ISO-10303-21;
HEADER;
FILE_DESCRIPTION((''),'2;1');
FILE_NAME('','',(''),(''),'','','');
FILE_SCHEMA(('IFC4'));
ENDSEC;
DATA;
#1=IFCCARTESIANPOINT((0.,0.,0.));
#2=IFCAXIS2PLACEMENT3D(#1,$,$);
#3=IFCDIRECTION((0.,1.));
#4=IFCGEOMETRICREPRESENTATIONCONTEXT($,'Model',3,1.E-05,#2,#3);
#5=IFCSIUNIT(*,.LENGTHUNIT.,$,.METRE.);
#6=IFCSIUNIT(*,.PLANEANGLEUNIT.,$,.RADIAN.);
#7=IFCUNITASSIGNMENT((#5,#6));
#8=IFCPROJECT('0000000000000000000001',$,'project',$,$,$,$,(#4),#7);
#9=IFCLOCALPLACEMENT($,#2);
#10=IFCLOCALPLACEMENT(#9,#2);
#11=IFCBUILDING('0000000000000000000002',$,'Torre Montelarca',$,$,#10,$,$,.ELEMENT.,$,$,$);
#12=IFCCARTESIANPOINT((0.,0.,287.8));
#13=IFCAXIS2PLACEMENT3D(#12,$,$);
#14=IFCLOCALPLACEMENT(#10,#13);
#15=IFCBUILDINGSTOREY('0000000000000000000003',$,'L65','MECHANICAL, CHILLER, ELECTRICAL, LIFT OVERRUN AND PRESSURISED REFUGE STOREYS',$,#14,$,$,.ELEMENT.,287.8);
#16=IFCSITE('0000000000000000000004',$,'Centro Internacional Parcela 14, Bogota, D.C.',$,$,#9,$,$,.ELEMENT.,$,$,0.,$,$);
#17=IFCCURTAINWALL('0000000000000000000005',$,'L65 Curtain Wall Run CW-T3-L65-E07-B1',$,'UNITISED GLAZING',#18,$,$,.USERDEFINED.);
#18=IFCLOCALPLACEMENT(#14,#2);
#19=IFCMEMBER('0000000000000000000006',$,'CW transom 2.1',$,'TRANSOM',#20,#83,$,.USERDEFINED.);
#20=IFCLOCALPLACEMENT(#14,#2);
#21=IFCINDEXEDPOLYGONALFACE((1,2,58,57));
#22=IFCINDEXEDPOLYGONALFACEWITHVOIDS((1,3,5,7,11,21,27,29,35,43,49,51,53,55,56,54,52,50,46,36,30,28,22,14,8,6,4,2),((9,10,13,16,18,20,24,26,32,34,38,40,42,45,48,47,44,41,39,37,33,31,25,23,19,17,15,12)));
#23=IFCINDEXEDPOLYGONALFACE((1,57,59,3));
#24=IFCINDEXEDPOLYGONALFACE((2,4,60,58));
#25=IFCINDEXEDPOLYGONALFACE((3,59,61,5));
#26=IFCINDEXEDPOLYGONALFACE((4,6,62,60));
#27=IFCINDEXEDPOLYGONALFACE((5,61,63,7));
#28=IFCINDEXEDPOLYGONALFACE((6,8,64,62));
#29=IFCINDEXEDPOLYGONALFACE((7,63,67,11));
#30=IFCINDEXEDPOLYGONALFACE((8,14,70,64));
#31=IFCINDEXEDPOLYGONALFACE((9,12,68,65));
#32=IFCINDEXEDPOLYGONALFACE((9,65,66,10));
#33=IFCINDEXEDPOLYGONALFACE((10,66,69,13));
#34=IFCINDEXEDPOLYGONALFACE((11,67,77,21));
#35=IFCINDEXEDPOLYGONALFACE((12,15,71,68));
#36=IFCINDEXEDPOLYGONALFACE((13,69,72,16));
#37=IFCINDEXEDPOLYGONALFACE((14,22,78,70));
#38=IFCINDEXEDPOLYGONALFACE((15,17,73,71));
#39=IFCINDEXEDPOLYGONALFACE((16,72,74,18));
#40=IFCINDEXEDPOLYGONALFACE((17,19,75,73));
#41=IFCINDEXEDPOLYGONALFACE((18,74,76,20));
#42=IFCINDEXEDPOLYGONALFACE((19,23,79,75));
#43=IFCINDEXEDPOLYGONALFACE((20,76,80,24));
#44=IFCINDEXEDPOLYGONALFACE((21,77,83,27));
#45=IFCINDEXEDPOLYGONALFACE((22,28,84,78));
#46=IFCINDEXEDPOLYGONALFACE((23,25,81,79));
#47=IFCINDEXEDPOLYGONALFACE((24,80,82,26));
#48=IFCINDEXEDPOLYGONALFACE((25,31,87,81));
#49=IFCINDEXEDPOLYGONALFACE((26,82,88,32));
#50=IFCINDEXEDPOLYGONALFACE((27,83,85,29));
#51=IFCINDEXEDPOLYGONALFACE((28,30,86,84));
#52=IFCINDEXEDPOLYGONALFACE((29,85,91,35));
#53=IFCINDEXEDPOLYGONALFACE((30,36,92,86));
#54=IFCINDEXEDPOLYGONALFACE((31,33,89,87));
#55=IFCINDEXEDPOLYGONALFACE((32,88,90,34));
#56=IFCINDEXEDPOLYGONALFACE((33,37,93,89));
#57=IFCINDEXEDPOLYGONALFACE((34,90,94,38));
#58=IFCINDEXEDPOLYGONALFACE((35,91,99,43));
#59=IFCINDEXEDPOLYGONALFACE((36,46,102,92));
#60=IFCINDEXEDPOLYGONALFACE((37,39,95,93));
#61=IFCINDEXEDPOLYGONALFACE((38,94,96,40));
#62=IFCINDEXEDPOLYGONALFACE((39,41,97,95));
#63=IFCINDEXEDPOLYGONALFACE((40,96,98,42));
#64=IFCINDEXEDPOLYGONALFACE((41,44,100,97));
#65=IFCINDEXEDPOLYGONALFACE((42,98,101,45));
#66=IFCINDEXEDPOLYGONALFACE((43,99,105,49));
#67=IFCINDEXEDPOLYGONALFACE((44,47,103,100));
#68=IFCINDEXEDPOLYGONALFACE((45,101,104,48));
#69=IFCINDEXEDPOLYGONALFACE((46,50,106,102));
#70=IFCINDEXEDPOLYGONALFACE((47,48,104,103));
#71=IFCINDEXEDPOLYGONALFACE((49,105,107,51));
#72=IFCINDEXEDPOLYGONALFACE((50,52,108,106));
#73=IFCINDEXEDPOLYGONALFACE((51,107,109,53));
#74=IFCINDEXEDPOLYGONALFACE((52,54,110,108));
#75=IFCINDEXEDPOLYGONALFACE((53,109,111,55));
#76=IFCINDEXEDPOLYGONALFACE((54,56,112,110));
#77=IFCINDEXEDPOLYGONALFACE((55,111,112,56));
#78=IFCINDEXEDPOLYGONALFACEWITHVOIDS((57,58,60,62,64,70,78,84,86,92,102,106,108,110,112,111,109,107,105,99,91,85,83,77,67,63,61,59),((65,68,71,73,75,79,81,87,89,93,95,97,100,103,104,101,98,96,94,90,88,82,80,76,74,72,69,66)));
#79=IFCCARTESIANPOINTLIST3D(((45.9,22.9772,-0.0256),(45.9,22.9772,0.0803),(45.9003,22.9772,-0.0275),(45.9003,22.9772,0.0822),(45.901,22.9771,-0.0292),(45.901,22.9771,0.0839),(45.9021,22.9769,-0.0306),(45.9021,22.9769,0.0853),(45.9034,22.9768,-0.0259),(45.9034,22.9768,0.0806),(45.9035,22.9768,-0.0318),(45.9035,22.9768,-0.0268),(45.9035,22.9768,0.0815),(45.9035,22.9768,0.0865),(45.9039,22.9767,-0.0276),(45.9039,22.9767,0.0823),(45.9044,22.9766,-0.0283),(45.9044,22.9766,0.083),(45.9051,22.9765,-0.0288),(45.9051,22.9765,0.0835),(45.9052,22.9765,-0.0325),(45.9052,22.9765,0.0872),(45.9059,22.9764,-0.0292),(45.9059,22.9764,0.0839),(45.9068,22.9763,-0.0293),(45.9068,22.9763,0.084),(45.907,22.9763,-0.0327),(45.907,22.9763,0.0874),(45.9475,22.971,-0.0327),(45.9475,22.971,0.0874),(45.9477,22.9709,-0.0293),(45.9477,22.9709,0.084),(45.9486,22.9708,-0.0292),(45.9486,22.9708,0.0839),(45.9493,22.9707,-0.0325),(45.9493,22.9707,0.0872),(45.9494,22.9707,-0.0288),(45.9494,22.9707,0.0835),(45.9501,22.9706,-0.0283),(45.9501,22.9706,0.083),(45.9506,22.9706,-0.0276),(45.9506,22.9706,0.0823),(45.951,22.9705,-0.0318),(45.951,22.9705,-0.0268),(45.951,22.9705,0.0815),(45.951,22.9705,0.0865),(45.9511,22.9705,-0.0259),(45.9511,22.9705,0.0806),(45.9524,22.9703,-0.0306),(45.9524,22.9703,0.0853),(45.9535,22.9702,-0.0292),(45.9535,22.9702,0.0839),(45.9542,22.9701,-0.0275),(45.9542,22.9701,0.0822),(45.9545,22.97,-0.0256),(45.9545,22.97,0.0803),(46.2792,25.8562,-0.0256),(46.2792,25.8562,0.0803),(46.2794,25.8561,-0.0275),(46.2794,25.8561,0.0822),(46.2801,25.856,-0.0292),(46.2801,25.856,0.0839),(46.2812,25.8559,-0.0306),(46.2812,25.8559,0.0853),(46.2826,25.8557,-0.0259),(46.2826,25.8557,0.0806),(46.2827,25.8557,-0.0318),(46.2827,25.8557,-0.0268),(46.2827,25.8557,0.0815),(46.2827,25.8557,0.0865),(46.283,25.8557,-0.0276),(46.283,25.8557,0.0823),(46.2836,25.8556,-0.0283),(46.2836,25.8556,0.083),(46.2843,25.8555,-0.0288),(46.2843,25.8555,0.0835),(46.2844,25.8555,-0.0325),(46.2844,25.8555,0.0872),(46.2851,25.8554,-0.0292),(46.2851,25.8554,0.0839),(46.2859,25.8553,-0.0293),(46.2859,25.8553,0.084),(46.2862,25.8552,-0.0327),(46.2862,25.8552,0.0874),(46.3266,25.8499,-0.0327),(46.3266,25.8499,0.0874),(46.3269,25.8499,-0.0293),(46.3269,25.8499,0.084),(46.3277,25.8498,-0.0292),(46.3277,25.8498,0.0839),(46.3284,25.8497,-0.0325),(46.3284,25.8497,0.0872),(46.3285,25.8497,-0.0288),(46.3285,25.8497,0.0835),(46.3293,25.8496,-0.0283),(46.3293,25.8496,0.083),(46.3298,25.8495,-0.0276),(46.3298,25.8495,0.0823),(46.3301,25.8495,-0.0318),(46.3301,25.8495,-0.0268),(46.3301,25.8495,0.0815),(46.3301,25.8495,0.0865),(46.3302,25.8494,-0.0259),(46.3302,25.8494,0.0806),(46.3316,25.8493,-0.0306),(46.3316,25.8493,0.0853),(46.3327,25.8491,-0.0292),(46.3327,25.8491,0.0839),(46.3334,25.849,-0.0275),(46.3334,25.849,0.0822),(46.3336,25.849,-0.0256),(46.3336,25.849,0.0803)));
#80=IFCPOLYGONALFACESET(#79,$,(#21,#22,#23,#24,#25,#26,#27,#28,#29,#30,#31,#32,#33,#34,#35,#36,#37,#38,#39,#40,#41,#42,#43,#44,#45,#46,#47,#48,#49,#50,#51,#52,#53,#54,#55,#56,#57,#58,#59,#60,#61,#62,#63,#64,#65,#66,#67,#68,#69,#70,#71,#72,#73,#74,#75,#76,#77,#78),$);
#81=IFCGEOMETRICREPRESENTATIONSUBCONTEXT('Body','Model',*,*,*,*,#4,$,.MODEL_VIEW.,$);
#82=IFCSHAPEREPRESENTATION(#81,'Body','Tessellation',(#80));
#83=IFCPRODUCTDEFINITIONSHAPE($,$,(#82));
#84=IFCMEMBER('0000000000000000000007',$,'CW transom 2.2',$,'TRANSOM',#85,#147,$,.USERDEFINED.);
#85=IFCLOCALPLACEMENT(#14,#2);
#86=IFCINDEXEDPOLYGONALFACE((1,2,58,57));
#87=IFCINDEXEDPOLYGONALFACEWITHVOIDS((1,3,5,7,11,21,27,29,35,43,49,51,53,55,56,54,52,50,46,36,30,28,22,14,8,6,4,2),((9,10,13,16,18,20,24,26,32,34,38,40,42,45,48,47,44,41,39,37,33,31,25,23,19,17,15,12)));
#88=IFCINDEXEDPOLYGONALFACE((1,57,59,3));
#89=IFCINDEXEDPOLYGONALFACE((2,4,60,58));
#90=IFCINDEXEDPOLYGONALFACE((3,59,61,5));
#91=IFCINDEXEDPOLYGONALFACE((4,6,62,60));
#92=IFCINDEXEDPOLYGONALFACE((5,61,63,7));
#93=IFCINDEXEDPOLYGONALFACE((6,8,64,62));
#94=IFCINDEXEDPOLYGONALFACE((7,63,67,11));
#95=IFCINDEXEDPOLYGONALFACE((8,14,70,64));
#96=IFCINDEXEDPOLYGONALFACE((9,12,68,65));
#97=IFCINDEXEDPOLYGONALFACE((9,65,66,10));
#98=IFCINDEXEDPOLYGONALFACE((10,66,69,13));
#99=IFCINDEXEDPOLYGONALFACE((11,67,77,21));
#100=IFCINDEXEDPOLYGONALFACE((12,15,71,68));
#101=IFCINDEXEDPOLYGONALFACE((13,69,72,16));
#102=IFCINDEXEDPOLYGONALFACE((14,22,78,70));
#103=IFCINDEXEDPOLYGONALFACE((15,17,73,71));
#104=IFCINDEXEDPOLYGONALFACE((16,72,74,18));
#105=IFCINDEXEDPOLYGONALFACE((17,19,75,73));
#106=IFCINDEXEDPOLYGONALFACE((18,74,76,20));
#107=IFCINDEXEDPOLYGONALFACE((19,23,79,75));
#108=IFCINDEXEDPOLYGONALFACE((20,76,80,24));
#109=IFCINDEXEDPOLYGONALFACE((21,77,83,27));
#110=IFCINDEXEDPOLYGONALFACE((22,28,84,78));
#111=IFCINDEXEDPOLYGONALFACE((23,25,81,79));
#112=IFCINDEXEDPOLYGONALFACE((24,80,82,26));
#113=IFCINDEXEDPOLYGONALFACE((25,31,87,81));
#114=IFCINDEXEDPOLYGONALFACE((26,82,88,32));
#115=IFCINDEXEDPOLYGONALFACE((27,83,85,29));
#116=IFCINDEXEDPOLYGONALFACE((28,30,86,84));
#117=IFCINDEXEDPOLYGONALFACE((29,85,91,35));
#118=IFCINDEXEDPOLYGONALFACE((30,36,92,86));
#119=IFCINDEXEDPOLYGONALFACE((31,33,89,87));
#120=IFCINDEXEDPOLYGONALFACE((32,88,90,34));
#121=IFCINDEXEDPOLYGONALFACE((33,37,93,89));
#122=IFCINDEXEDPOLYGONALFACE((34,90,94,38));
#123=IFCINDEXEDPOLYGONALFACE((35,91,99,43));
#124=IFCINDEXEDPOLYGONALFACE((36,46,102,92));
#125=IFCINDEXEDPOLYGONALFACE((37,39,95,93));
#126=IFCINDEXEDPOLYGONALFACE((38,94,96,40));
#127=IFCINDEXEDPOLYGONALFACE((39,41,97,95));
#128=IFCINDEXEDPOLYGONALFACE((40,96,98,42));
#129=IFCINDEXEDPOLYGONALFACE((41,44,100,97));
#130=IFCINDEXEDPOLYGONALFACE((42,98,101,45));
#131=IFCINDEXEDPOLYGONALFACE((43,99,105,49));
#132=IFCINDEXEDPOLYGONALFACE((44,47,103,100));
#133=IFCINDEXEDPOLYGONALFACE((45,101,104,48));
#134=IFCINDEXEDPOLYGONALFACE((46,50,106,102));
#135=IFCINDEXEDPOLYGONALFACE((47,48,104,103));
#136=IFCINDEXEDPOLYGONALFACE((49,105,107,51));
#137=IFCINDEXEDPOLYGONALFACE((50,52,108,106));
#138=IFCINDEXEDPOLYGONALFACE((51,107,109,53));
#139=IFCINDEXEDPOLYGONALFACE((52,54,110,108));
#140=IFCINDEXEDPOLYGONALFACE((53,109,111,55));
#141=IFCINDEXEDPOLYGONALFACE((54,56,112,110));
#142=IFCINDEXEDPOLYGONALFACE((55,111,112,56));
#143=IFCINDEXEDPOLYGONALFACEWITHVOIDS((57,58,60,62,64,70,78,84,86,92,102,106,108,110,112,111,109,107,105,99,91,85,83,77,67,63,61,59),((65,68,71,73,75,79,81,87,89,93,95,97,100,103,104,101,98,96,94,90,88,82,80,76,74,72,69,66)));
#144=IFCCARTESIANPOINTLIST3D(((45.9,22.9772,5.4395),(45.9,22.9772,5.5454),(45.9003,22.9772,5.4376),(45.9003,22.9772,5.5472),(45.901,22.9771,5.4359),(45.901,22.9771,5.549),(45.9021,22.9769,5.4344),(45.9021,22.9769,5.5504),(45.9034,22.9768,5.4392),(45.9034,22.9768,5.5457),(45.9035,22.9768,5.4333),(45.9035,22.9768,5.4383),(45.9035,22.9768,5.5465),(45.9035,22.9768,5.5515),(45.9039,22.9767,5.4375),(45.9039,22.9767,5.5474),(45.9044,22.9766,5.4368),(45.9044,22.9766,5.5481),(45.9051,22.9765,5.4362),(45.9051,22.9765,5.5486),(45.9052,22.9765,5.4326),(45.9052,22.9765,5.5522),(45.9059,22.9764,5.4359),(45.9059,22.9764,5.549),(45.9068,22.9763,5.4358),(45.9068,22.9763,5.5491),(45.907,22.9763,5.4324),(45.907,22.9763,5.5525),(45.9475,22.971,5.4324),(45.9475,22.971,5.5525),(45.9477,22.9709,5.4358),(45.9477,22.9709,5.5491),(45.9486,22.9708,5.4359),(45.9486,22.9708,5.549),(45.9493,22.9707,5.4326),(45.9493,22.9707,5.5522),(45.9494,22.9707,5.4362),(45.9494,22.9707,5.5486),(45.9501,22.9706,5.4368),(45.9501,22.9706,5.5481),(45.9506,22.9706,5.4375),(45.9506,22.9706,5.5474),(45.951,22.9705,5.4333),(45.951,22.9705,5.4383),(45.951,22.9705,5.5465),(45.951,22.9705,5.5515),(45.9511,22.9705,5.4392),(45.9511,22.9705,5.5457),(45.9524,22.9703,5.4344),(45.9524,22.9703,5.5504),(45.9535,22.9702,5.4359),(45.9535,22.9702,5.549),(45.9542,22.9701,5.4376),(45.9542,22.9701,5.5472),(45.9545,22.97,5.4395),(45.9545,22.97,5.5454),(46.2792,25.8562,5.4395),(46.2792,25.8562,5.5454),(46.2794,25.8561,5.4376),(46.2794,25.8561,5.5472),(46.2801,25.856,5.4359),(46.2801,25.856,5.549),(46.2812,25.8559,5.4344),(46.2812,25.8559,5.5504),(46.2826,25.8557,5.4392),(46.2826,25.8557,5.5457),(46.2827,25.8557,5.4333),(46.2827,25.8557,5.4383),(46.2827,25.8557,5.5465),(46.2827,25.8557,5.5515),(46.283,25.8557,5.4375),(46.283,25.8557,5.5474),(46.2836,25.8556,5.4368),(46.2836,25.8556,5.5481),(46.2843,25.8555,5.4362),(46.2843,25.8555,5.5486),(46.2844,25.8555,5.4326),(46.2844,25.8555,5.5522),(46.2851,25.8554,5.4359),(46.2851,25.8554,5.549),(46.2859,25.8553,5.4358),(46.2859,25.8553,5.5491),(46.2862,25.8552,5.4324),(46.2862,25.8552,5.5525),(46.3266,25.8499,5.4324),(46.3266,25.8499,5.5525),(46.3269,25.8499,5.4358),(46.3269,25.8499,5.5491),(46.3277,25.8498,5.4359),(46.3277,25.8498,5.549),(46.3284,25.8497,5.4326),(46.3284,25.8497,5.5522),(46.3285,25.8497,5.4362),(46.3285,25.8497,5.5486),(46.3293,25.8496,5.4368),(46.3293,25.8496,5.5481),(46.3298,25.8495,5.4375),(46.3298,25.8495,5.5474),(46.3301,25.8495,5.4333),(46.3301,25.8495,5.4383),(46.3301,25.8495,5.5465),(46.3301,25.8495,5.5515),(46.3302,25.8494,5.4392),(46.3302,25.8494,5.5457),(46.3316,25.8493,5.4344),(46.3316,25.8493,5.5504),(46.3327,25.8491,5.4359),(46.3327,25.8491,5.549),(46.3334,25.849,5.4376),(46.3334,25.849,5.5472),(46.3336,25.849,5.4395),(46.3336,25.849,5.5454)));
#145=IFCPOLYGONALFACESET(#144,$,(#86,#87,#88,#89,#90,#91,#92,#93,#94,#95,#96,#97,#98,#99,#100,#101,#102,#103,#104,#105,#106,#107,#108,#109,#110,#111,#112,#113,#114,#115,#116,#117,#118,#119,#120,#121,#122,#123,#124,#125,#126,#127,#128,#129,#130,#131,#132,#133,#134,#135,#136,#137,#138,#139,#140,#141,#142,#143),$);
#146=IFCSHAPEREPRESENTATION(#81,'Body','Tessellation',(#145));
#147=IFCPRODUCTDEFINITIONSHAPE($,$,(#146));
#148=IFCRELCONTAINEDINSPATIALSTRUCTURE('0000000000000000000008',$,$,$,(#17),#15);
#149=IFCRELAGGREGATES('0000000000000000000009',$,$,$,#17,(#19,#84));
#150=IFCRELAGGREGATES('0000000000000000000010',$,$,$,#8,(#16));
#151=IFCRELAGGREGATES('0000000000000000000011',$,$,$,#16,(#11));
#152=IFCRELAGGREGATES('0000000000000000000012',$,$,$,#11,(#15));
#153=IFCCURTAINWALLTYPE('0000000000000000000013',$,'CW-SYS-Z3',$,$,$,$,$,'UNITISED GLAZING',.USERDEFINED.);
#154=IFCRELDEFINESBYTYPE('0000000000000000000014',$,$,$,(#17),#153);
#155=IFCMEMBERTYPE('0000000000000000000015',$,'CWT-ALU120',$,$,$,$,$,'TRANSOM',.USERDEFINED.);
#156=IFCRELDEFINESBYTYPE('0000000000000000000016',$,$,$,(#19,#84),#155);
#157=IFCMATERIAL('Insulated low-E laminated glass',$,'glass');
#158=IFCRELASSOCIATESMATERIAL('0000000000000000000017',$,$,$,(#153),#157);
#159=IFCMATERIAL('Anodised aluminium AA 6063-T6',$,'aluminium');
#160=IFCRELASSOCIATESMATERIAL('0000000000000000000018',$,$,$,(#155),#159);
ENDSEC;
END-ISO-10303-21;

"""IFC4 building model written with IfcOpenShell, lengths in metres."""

from ifc_helpers import new_model, si_unit, direction, frame, origin, origin_2d, place, context, subcontext, project, spatial, hollow_rectangle, extrude, source, transform, mapped, material, material_profile, profile_set, type_object, element, aggregate, save


model = new_model("IFC4")

# Units and contexts
model_context = context("Model", 3, precision=1e-05, world=origin(), true_north=direction((0.0, 1.0)))
body_context = subcontext(model_context, "Body", "Model", "MODEL_VIEW")
ifc_project = project(units=[si_unit("LENGTHUNIT", "METRE"), si_unit("PLANEANGLEUNIT", "RADIAN")], contexts=[model_context])

# Site, building, storey
site_placement = place(None, origin())
site = spatial("IfcSite", under=ifc_project, at=site_placement, Name="Centro Internacional Parcela 14, Bogota, D.C.", CompositionType="ELEMENT", RefElevation=0.0)
building_placement = place(site_placement, origin())
building = spatial("IfcBuilding", under=site, at=building_placement, Name="Torre Montelarca", CompositionType="ELEMENT")
storey_placement = place(building_placement, frame((0.0, 0.0, 287.8)))
storey = spatial("IfcBuildingStorey", under=building, at=storey_placement, Name="L65", Description="MECHANICAL, CHILLER, ELECTRICAL, LIFT OVERRUN AND PRESSURISED REFUGE STOREYS", CompositionType="ELEMENT", Elevation=287.8)

# Curtain wall, members
ifc_material_1 = material(Name="Insulated low-E laminated glass", Category="glass")
curtain_wall_type = type_object("IfcCurtainWallType", Name="CW-SYS-Z3", ElementType="UNITISED GLAZING", PredefinedType="USERDEFINED", material=ifc_material_1)
curtain_wall_placement = place(storey_placement, origin())
curtain_wall = element("IfcCurtainWall", 1, at=curtain_wall_placement, inside=storey, type_object=curtain_wall_type, Name="L65 Curtain Wall Run CW-T3-L65-E07-B1", ObjectType="UNITISED GLAZING", PredefinedType="USERDEFINED")
ifc_material_2 = material(Name="Anodised aluminium AA 6063-T6", Category="aluminium")
ifc_material_profile_1 = material_profile(ifc_material_2, hollow_rectangle(XDim=0.0549, YDim=0.1201, WallThickness=0.0034, InnerFilletRadius=0.0034, OuterFilletRadius=0.0071, at=origin_2d()), Name="ALU55X120X3.5", Category="aluminium")
ifc_profile_set_1 = profile_set([ifc_material_profile_1], Name="Anodised aluminium AA 6063-T6")
member_type_1 = type_object("IfcMemberType", Name="CWT-ALU120", ElementType="TRANSOM", PredefinedType="USERDEFINED", material=ifc_profile_set_1)
shared_shape_1 = source(origin(), body_context, "Body", "SweptSolid", [
    extrude(hollow_rectangle(XDim=0.0549, YDim=0.1201, WallThickness=0.0034, InnerFilletRadius=0.0034, OuterFilletRadius=0.0071, at=origin_2d()), origin(), (0.0, 0.0, 1.0), 2.9038),
])
member_1_placement = place(storey_placement, frame((45.9272, 22.9736, 0.0273), z_axis=(0.130572, 0.991439, 0.0), x_axis=(-0.991439, 0.130572, 0.0)))
member_1 = element("IfcMember", 2, at=member_1_placement, type_object=member_type_1, Name="CW transom 2.1", ObjectType="TRANSOM", PredefinedType="USERDEFINED", context=body_context, shape_type="MappedRepresentation", body=[
    mapped(shared_shape_1, transform((0.0, 0.0, 0.0), scale=1.0)),
])
member_2_placement = place(storey_placement, frame((45.9272, 22.9736, 5.4924), z_axis=(0.130572, 0.991439, 0.0), x_axis=(-0.991439, 0.130572, 0.0)))
member_2 = element("IfcMember", 3, at=member_2_placement, type_object=member_type_1, Name="CW transom 2.2", ObjectType="TRANSOM", PredefinedType="USERDEFINED", context=body_context, shape_type="MappedRepresentation", body=[
    mapped(shared_shape_1, transform((0.0, 0.0, 0.0), scale=1.0)),
])

aggregate(curtain_wall, [member_1, member_2])

save(model, "model.ifc")
